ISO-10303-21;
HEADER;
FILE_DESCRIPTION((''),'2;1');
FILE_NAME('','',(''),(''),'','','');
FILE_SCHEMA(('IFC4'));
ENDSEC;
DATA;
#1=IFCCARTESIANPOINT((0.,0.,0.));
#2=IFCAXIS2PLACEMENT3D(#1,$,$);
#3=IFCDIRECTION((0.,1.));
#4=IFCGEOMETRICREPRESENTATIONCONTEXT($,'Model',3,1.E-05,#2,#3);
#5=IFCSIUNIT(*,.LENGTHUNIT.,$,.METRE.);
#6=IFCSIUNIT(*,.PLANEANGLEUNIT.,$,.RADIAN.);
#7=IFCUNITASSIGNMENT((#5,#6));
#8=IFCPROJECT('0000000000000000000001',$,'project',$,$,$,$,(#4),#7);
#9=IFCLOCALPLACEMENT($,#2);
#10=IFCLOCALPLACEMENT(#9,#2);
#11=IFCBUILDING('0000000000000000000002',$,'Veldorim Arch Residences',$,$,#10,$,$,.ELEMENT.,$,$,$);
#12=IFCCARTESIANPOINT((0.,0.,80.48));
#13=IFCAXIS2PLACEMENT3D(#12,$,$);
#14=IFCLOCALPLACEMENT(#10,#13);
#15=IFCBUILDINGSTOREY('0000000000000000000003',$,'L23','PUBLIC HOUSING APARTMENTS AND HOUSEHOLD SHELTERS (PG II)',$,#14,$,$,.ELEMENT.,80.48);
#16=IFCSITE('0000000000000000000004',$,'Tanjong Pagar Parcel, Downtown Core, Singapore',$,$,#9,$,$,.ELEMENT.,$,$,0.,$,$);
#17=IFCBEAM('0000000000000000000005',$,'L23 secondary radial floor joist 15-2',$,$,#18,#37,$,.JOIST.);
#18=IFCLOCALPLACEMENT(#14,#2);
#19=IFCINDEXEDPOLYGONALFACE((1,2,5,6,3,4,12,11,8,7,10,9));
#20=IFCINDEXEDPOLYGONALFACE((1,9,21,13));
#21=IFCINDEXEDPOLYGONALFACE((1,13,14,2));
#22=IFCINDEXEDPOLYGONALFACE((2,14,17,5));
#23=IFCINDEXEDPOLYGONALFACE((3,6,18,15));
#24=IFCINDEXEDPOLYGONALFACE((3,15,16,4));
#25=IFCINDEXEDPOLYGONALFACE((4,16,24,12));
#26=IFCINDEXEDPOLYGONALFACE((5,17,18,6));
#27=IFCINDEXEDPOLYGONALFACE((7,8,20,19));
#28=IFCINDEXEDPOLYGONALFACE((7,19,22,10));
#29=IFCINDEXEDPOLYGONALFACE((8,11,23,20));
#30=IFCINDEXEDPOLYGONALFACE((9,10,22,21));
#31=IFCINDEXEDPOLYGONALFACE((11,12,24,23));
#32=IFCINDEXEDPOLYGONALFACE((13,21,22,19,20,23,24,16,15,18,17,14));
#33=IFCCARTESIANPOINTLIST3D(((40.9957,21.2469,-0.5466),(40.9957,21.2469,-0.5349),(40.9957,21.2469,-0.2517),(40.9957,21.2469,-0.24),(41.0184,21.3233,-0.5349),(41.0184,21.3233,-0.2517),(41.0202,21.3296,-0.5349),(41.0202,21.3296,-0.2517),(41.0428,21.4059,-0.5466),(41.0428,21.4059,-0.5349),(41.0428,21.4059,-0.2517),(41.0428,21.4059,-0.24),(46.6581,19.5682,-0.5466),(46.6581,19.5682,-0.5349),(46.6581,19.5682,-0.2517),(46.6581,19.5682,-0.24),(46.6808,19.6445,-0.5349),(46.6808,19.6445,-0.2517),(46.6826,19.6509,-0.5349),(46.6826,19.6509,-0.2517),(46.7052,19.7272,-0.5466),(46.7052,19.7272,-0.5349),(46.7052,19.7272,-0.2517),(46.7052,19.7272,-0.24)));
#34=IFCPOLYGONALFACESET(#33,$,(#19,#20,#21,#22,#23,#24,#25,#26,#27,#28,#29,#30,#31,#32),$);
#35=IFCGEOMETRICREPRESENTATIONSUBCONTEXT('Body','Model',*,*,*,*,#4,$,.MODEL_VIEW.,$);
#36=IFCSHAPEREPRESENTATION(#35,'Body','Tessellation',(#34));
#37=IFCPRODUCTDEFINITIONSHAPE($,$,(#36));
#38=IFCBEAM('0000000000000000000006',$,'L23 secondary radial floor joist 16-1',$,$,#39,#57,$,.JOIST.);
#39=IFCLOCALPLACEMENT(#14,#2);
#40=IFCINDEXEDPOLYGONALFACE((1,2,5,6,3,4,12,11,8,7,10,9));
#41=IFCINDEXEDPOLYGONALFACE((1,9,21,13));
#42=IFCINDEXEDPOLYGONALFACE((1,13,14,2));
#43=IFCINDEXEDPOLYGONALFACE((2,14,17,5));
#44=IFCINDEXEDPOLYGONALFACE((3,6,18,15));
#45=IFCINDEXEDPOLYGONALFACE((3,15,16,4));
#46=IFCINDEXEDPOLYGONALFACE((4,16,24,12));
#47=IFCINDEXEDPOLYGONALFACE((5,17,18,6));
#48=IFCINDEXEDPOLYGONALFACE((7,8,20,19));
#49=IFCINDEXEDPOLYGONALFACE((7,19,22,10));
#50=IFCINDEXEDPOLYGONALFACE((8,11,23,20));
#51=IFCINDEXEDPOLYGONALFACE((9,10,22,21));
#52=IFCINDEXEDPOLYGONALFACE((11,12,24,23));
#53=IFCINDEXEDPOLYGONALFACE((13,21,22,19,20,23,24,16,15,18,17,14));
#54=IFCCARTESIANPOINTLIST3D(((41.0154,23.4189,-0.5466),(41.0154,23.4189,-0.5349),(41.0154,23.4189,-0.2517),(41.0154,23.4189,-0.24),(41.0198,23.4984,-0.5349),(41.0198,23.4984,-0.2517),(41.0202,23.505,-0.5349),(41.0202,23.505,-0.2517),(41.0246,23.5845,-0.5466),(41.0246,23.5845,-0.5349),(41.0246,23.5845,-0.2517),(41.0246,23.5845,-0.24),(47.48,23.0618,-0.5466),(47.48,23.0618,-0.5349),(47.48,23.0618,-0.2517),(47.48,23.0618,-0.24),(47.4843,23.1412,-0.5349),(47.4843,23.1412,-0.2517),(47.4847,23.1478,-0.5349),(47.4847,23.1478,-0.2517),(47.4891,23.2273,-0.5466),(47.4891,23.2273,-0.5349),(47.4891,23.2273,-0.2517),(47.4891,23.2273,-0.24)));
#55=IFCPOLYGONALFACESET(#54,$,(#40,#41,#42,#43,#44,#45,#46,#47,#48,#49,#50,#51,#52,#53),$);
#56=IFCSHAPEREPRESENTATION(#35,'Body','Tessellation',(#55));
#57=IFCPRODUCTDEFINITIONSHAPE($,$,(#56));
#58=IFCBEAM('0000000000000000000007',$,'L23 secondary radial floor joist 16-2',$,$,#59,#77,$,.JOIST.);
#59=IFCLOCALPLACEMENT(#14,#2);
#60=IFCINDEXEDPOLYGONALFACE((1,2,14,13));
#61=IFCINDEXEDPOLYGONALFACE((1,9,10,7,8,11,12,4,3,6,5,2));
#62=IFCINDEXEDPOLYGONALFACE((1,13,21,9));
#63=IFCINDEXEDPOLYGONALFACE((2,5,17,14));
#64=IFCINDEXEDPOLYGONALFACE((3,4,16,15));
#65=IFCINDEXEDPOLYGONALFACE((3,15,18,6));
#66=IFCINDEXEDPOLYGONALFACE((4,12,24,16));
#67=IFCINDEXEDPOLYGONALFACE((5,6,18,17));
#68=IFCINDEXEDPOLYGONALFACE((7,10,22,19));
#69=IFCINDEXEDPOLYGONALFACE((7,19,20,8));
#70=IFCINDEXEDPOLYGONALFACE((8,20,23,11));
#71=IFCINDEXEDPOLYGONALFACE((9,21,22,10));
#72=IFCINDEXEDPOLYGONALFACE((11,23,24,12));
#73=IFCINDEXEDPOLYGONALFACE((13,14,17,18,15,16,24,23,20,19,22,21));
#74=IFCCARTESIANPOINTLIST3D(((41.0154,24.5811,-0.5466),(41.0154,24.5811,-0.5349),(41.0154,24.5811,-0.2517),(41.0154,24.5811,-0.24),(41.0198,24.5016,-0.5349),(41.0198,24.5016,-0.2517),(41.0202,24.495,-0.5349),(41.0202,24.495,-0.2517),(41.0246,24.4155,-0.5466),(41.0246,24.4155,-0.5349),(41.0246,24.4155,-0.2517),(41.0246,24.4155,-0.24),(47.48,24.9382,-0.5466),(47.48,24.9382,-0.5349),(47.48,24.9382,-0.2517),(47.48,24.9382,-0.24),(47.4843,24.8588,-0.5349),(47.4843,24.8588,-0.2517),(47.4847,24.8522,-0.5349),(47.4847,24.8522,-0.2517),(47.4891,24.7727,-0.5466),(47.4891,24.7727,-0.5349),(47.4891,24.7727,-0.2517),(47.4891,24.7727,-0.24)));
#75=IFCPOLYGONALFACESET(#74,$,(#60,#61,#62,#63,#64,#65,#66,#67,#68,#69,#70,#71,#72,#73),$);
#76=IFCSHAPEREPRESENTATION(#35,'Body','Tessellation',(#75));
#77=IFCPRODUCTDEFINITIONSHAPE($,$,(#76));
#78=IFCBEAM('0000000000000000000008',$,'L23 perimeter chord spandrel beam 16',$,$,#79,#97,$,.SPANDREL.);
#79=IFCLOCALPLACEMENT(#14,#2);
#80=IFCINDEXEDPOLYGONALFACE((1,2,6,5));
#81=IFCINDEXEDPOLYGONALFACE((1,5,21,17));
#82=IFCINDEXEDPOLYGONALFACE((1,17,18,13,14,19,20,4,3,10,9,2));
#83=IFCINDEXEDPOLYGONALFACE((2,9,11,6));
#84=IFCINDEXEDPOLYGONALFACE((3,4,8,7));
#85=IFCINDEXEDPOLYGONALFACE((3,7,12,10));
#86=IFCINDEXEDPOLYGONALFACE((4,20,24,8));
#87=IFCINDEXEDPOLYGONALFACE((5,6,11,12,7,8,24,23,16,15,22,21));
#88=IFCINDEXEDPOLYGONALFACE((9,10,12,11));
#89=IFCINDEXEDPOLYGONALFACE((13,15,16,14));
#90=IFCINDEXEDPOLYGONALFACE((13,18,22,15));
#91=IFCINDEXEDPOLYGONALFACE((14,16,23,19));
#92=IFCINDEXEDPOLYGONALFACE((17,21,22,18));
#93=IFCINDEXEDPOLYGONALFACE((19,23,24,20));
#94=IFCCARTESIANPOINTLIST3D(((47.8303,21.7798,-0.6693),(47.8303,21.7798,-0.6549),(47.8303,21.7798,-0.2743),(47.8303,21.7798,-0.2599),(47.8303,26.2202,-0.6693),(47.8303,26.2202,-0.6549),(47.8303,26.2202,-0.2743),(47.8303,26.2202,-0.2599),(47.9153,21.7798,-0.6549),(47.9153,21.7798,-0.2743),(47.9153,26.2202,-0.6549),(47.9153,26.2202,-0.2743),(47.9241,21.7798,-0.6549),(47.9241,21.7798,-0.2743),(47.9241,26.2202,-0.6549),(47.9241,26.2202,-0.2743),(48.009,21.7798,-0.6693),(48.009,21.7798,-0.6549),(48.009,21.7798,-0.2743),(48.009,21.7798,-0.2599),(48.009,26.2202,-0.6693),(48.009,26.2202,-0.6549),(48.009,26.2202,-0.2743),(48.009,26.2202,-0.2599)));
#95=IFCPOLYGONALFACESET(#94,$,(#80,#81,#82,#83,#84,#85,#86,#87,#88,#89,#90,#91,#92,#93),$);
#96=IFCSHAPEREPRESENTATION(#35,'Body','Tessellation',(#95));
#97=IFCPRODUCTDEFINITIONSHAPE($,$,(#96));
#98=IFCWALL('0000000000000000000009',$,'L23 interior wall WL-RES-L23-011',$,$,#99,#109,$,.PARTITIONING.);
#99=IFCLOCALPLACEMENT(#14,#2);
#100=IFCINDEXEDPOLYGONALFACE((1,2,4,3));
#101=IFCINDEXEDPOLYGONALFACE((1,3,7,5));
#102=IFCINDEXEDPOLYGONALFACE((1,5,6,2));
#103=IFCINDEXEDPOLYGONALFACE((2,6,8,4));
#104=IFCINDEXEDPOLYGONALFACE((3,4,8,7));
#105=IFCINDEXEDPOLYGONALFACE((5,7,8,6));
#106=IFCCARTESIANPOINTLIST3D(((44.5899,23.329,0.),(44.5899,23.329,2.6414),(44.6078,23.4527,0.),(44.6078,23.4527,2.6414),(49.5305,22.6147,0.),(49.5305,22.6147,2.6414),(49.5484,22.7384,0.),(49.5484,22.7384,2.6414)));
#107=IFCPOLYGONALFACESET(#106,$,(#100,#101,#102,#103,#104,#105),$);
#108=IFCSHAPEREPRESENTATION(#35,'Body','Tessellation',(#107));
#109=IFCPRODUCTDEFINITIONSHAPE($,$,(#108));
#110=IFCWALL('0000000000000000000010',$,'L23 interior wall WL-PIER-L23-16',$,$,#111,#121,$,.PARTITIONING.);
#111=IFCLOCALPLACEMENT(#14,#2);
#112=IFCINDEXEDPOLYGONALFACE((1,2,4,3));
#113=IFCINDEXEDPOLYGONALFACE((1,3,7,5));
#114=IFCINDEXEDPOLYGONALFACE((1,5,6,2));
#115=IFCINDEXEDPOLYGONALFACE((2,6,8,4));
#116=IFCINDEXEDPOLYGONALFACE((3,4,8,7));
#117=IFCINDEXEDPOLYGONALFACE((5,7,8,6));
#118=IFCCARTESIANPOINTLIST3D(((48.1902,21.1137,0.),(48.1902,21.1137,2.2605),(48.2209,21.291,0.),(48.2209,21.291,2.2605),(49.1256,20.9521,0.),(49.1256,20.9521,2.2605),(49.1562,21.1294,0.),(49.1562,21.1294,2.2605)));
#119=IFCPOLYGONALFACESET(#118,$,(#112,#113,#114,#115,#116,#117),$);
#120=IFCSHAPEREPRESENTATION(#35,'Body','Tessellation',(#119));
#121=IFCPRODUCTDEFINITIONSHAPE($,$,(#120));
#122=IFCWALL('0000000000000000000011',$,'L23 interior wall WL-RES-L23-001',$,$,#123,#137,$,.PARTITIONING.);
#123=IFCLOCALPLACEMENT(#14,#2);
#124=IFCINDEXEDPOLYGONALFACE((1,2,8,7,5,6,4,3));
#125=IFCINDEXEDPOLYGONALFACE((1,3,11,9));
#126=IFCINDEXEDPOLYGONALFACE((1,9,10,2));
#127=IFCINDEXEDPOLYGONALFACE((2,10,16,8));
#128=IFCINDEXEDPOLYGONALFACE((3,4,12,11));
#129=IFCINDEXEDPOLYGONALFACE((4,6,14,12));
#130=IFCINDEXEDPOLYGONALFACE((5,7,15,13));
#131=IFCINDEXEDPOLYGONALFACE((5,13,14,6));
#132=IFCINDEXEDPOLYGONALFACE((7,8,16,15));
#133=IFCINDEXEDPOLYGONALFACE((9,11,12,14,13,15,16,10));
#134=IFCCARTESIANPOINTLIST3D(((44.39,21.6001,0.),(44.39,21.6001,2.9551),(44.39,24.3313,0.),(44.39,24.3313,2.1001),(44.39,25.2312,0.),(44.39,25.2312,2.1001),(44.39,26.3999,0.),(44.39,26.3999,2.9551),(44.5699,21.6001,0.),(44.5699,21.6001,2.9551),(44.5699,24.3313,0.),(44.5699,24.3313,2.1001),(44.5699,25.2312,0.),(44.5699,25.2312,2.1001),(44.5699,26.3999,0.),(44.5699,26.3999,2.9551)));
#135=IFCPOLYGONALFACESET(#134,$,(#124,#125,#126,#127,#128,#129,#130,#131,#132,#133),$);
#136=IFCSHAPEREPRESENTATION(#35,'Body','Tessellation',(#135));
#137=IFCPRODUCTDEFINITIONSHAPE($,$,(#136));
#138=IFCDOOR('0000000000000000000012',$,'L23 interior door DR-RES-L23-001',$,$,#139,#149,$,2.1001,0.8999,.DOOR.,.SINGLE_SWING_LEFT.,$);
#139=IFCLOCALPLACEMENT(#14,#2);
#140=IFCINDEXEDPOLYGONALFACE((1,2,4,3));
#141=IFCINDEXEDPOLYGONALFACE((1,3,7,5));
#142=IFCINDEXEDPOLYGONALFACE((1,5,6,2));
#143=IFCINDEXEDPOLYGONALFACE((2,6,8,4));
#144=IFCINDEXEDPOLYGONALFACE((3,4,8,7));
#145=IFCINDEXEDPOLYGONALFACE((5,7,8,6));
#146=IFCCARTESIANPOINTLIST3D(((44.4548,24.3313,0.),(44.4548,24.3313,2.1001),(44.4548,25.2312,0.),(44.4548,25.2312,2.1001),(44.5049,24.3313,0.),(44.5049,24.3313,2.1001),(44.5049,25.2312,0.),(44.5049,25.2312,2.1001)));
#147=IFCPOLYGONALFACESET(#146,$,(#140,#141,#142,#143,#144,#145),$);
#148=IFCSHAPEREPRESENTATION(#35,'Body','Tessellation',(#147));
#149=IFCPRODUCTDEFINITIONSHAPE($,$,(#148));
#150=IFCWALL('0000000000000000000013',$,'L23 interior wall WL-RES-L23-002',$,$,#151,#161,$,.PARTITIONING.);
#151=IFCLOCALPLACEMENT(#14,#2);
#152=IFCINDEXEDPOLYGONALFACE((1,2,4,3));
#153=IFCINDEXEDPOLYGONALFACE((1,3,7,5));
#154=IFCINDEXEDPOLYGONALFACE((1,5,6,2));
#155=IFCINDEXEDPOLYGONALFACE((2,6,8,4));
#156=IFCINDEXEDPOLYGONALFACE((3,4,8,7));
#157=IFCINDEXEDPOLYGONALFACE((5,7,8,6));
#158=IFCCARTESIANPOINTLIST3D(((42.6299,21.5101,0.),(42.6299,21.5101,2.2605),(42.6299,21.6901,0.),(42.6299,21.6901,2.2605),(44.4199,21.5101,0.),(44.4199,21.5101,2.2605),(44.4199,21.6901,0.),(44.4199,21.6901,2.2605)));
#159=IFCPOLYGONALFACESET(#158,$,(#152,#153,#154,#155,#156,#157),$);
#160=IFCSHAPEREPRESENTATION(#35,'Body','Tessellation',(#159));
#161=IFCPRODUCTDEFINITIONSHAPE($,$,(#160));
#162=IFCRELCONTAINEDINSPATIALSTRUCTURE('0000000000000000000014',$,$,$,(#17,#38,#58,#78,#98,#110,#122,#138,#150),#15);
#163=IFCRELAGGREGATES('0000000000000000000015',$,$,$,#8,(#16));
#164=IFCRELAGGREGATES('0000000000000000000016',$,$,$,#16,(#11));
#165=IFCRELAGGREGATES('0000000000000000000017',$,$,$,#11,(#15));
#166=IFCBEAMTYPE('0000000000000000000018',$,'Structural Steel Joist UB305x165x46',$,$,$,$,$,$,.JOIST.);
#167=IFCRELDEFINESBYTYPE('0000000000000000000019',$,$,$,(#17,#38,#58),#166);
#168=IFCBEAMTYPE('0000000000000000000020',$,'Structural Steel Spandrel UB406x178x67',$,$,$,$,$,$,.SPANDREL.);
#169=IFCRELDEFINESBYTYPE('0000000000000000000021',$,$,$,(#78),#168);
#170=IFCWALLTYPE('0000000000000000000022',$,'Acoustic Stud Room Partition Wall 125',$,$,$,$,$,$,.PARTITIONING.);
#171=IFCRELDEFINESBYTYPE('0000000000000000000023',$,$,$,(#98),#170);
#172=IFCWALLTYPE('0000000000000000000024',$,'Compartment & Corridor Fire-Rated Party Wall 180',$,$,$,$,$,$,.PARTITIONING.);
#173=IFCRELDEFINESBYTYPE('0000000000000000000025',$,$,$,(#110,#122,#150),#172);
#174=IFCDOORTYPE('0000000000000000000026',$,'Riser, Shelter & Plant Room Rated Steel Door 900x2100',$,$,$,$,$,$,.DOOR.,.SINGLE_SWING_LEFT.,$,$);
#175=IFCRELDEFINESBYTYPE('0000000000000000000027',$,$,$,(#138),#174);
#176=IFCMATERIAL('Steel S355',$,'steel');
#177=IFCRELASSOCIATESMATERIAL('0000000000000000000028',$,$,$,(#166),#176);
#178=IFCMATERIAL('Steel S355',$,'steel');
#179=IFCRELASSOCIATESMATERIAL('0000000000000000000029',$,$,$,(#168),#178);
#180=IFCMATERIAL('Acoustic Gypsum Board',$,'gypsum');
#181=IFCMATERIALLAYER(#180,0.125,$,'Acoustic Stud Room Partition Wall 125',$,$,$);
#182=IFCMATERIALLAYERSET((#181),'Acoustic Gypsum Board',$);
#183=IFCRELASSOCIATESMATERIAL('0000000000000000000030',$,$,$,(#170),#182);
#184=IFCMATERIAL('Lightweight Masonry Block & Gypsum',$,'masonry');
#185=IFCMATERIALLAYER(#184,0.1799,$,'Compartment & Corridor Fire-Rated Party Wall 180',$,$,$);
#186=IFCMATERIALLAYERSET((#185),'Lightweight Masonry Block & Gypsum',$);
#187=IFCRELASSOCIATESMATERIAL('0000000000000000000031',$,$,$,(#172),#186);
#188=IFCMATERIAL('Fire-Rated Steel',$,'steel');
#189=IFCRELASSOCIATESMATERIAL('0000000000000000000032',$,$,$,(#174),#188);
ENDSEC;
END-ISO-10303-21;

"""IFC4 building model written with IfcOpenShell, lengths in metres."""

from ifc_helpers import new_model, si_unit, direction, frame, frame_2d, origin, origin_2d, place, context, subcontext, project, spatial, rectangle, i_section, extrude, material, layer, layer_set, material_profile, profile_set, type_object, element, fill, save


model = new_model("IFC4")

# Units and contexts
model_context = context("Model", 3, precision=1e-05, world=origin(), true_north=direction((0.0, 1.0)))
body_context = subcontext(model_context, "Body", "Model", "MODEL_VIEW")
ifc_project = project(units=[si_unit("LENGTHUNIT", "METRE"), si_unit("PLANEANGLEUNIT", "RADIAN")], contexts=[model_context])

# Site, building, storey
site_placement = place(None, origin())
site = spatial("IfcSite", under=ifc_project, at=site_placement, Name="Tanjong Pagar Parcel, Downtown Core, Singapore", CompositionType="ELEMENT", RefElevation=0.0)
building_placement = place(site_placement, origin())
building = spatial("IfcBuilding", under=site, at=building_placement, Name="Veldorim Arch Residences", CompositionType="ELEMENT")
storey_placement = place(building_placement, frame((0.0, 0.0, 80.48)))
storey = spatial("IfcBuildingStorey", under=building, at=storey_placement, Name="L23", Description="PUBLIC HOUSING APARTMENTS AND HOUSEHOLD SHELTERS (PG II)", CompositionType="ELEMENT", Elevation=80.48)

# Beams
ifc_material_1 = material(Name="Steel S355", Category="steel")
ifc_material_profile_1 = material_profile(ifc_material_1, i_section(OverallWidth=0.1658, OverallDepth=0.3066, WebThickness=0.0066, FlangeThickness=0.0117, at=origin_2d()), Name="UB305x165x46")
ifc_profile_set_1 = profile_set([ifc_material_profile_1], Name="Steel S355")
beam_type_1 = type_object("IfcBeamType", Name="Structural Steel Joist UB305x165x46", PredefinedType="JOIST", material=ifc_profile_set_1)
beam_1_placement = place(storey_placement, frame((41.0193, 21.3264, -0.3933), z_axis=(0.958753, -0.28424, 0.0), x_axis=(0.28424, 0.958753, 0.0)))
element("IfcBeam", 1, at=beam_1_placement, inside=storey, type_object=beam_type_1, Name="L23 secondary radial floor joist 15-2", PredefinedType="JOIST", context=body_context, shape_type="SweptSolid", body=[
    extrude(i_section(OverallWidth=0.1658, OverallDepth=0.3066, WebThickness=0.0066, FlangeThickness=0.0117, at=origin_2d()), origin(), (0.0, 0.0, 1.0), 5.906),
])
for number, where, z_axis, x_axis, name in (
    (2, (41.02, 23.5017, -0.3933), (0.998477, -0.055167, 0.0), (0.055167, 0.998477, 0.0), "L23 secondary radial floor joist 16-1"),
    (3, (41.02, 24.4983, -0.3933), (0.998477, 0.055167, 0.0), (-0.055167, 0.998477, 0.0), "L23 secondary radial floor joist 16-2"),
):
    element("IfcBeam", number, at=place(storey_placement, frame(where, z_axis=z_axis, x_axis=x_axis)), inside=storey, type_object=beam_type_1, Name=name, PredefinedType="JOIST", context=body_context, shape_type="SweptSolid", body=[
        extrude(i_section(OverallWidth=0.1658, OverallDepth=0.3066, WebThickness=0.0066, FlangeThickness=0.0117, at=origin_2d()), origin(), (0.0, 0.0, 1.0), 6.4744),
    ])
ifc_material_2 = material(Name="Steel S355", Category="steel")
ifc_material_profile_2 = material_profile(ifc_material_2, i_section(OverallWidth=0.1787, OverallDepth=0.4094, WebThickness=0.0088, FlangeThickness=0.0144, at=origin_2d()), Name="UB406x178x67")
ifc_profile_set_2 = profile_set([ifc_material_profile_2], Name="Steel S355")
beam_type_2 = type_object("IfcBeamType", Name="Structural Steel Spandrel UB406x178x67", PredefinedType="SPANDREL", material=ifc_profile_set_2)
beam_2_placement = place(storey_placement, frame((47.9197, 21.7798, -0.4646), z_axis=(0.0, 1.0, 0.0), x_axis=(-1.0, 0.0, 0.0)))
element("IfcBeam", 4, at=beam_2_placement, inside=storey, type_object=beam_type_2, Name="L23 perimeter chord spandrel beam 16", PredefinedType="SPANDREL", context=body_context, shape_type="SweptSolid", body=[
    extrude(i_section(OverallWidth=0.1787, OverallDepth=0.4094, WebThickness=0.0088, FlangeThickness=0.0144, at=origin_2d()), origin(), (0.0, 0.0, 1.0), 4.4404),
])

# Walls
ifc_material_3 = material(Name="Acoustic Gypsum Board", Category="gypsum")
ifc_layer_1 = layer(ifc_material_3, 0.125, Name="Acoustic Stud Room Partition Wall 125")
ifc_layer_set_1 = layer_set([ifc_layer_1], Name="Acoustic Gypsum Board")
wall_type_1 = type_object("IfcWallType", Name="Acoustic Stud Room Partition Wall 125", PredefinedType="PARTITIONING", material=ifc_layer_set_1)
wall_1_placement = place(storey_placement, frame((49.5396, 22.6765, 0.0), z_axis=(0.0, 0.0, 1.0), x_axis=(-0.989708, 0.143099, 0.0)))
element("IfcWall", 5, at=wall_1_placement, inside=storey, type_object=wall_type_1, Name="L23 interior wall WL-RES-L23-011", PredefinedType="PARTITIONING", context=body_context, shape_type="SweptSolid", body=[
    extrude(rectangle(XDim=4.9919, YDim=0.125, at=frame_2d((2.4961, 0.0))), origin(), (0.0, 0.0, 1.0), 2.6414),
])
ifc_material_4 = material(Name="Lightweight Masonry Block & Gypsum", Category="masonry")
ifc_layer_2 = layer(ifc_material_4, 0.1799, Name="Compartment & Corridor Fire-Rated Party Wall 180")
ifc_layer_set_2 = layer_set([ifc_layer_2], Name="Lightweight Masonry Block & Gypsum")
wall_type_2 = type_object("IfcWallType", Name="Compartment & Corridor Fire-Rated Party Wall 180", PredefinedType="PARTITIONING", material=ifc_layer_set_2)
wall_2_placement = place(storey_placement, frame((48.2056, 21.2024, 0.0), z_axis=(0.0, 0.0, 1.0), x_axis=(0.985396, -0.170277, 0.0)))
element("IfcWall", 6, at=wall_2_placement, inside=storey, type_object=wall_type_2, Name="L23 interior wall WL-PIER-L23-16", PredefinedType="PARTITIONING", context=body_context, shape_type="SweptSolid", body=[
    extrude(rectangle(XDim=0.9492, YDim=0.1799, at=frame_2d((0.4746, 0.0))), origin(), (0.0, 0.0, 1.0), 2.2605),
])

# Wall, opening, door
wall_3_placement = place(storey_placement, frame((44.48, 26.3999, 0.0), z_axis=(0.0, 0.0, 1.0), x_axis=(0.0, -1.0, 0.0)))
wall_3 = element("IfcWall", 7, at=wall_3_placement, inside=storey, type_object=wall_type_2, Name="L23 interior wall WL-RES-L23-001", PredefinedType="PARTITIONING", context=body_context, shape_type="SweptSolid", body=[
    extrude(rectangle(XDim=4.7998, YDim=0.1799, at=frame_2d((2.3999, 0.0))), origin(), (0.0, 0.0, 1.0), 2.9551),
])
opening_1_placement = place(wall_3_placement, frame((1.1687, 0.0, 0.0)))
opening_1 = element("IfcOpeningElement", 8, at=opening_1_placement, cuts=wall_3, PredefinedType="OPENING", context=body_context, shape_type="SweptSolid", body=[
    extrude(rectangle(XDim=0.8999, YDim=2.1001, at=frame_2d((0.45, 1.05))), frame((0.0, 0.0999, 0.0), z_axis=(0.0, -1.0, 0.0), x_axis=(1.0, 0.0, 0.0)), (0.0, 0.0, 1.0), 0.2),
])
ifc_material_5 = material(Name="Fire-Rated Steel", Category="steel")
door_type_1 = type_object("IfcDoorType", Name="Riser, Shelter & Plant Room Rated Steel Door 900x2100", OperationType="SINGLE_SWING_LEFT", PredefinedType="DOOR", material=ifc_material_5)
door_1_placement = place(opening_1_placement, origin())
door_1 = element("IfcDoor", 9, at=door_1_placement, inside=storey, type_object=door_type_1, Name="L23 interior door DR-RES-L23-001", OperationType="SINGLE_SWING_LEFT", OverallHeight=2.1001, OverallWidth=0.8999, PredefinedType="DOOR", context=body_context, shape_type="SweptSolid", body=[
    extrude(rectangle(XDim=0.8999, YDim=2.1001, at=frame_2d((0.45, 1.05))), frame((0.0, 0.0249, 0.0), z_axis=(0.0, -1.0, 0.0), x_axis=(1.0, 0.0, 0.0)), (0.0, 0.0, 1.0), 0.05),
])
fill(opening_1, door_1)

# Wall
wall_4_placement = place(storey_placement, frame((44.4199, 21.6001, 0.0), z_axis=(0.0, 0.0, 1.0), x_axis=(-1.0, 0.0, 0.0)))
element("IfcWall", 10, at=wall_4_placement, inside=storey, type_object=wall_type_2, Name="L23 interior wall WL-RES-L23-002", PredefinedType="PARTITIONING", context=body_context, shape_type="SweptSolid", body=[
    extrude(rectangle(XDim=1.79, YDim=0.1799, at=frame_2d((0.895, 0.0))), origin(), (0.0, 0.0, 1.0), 2.2605),
])

save(model, "model.ifc")
